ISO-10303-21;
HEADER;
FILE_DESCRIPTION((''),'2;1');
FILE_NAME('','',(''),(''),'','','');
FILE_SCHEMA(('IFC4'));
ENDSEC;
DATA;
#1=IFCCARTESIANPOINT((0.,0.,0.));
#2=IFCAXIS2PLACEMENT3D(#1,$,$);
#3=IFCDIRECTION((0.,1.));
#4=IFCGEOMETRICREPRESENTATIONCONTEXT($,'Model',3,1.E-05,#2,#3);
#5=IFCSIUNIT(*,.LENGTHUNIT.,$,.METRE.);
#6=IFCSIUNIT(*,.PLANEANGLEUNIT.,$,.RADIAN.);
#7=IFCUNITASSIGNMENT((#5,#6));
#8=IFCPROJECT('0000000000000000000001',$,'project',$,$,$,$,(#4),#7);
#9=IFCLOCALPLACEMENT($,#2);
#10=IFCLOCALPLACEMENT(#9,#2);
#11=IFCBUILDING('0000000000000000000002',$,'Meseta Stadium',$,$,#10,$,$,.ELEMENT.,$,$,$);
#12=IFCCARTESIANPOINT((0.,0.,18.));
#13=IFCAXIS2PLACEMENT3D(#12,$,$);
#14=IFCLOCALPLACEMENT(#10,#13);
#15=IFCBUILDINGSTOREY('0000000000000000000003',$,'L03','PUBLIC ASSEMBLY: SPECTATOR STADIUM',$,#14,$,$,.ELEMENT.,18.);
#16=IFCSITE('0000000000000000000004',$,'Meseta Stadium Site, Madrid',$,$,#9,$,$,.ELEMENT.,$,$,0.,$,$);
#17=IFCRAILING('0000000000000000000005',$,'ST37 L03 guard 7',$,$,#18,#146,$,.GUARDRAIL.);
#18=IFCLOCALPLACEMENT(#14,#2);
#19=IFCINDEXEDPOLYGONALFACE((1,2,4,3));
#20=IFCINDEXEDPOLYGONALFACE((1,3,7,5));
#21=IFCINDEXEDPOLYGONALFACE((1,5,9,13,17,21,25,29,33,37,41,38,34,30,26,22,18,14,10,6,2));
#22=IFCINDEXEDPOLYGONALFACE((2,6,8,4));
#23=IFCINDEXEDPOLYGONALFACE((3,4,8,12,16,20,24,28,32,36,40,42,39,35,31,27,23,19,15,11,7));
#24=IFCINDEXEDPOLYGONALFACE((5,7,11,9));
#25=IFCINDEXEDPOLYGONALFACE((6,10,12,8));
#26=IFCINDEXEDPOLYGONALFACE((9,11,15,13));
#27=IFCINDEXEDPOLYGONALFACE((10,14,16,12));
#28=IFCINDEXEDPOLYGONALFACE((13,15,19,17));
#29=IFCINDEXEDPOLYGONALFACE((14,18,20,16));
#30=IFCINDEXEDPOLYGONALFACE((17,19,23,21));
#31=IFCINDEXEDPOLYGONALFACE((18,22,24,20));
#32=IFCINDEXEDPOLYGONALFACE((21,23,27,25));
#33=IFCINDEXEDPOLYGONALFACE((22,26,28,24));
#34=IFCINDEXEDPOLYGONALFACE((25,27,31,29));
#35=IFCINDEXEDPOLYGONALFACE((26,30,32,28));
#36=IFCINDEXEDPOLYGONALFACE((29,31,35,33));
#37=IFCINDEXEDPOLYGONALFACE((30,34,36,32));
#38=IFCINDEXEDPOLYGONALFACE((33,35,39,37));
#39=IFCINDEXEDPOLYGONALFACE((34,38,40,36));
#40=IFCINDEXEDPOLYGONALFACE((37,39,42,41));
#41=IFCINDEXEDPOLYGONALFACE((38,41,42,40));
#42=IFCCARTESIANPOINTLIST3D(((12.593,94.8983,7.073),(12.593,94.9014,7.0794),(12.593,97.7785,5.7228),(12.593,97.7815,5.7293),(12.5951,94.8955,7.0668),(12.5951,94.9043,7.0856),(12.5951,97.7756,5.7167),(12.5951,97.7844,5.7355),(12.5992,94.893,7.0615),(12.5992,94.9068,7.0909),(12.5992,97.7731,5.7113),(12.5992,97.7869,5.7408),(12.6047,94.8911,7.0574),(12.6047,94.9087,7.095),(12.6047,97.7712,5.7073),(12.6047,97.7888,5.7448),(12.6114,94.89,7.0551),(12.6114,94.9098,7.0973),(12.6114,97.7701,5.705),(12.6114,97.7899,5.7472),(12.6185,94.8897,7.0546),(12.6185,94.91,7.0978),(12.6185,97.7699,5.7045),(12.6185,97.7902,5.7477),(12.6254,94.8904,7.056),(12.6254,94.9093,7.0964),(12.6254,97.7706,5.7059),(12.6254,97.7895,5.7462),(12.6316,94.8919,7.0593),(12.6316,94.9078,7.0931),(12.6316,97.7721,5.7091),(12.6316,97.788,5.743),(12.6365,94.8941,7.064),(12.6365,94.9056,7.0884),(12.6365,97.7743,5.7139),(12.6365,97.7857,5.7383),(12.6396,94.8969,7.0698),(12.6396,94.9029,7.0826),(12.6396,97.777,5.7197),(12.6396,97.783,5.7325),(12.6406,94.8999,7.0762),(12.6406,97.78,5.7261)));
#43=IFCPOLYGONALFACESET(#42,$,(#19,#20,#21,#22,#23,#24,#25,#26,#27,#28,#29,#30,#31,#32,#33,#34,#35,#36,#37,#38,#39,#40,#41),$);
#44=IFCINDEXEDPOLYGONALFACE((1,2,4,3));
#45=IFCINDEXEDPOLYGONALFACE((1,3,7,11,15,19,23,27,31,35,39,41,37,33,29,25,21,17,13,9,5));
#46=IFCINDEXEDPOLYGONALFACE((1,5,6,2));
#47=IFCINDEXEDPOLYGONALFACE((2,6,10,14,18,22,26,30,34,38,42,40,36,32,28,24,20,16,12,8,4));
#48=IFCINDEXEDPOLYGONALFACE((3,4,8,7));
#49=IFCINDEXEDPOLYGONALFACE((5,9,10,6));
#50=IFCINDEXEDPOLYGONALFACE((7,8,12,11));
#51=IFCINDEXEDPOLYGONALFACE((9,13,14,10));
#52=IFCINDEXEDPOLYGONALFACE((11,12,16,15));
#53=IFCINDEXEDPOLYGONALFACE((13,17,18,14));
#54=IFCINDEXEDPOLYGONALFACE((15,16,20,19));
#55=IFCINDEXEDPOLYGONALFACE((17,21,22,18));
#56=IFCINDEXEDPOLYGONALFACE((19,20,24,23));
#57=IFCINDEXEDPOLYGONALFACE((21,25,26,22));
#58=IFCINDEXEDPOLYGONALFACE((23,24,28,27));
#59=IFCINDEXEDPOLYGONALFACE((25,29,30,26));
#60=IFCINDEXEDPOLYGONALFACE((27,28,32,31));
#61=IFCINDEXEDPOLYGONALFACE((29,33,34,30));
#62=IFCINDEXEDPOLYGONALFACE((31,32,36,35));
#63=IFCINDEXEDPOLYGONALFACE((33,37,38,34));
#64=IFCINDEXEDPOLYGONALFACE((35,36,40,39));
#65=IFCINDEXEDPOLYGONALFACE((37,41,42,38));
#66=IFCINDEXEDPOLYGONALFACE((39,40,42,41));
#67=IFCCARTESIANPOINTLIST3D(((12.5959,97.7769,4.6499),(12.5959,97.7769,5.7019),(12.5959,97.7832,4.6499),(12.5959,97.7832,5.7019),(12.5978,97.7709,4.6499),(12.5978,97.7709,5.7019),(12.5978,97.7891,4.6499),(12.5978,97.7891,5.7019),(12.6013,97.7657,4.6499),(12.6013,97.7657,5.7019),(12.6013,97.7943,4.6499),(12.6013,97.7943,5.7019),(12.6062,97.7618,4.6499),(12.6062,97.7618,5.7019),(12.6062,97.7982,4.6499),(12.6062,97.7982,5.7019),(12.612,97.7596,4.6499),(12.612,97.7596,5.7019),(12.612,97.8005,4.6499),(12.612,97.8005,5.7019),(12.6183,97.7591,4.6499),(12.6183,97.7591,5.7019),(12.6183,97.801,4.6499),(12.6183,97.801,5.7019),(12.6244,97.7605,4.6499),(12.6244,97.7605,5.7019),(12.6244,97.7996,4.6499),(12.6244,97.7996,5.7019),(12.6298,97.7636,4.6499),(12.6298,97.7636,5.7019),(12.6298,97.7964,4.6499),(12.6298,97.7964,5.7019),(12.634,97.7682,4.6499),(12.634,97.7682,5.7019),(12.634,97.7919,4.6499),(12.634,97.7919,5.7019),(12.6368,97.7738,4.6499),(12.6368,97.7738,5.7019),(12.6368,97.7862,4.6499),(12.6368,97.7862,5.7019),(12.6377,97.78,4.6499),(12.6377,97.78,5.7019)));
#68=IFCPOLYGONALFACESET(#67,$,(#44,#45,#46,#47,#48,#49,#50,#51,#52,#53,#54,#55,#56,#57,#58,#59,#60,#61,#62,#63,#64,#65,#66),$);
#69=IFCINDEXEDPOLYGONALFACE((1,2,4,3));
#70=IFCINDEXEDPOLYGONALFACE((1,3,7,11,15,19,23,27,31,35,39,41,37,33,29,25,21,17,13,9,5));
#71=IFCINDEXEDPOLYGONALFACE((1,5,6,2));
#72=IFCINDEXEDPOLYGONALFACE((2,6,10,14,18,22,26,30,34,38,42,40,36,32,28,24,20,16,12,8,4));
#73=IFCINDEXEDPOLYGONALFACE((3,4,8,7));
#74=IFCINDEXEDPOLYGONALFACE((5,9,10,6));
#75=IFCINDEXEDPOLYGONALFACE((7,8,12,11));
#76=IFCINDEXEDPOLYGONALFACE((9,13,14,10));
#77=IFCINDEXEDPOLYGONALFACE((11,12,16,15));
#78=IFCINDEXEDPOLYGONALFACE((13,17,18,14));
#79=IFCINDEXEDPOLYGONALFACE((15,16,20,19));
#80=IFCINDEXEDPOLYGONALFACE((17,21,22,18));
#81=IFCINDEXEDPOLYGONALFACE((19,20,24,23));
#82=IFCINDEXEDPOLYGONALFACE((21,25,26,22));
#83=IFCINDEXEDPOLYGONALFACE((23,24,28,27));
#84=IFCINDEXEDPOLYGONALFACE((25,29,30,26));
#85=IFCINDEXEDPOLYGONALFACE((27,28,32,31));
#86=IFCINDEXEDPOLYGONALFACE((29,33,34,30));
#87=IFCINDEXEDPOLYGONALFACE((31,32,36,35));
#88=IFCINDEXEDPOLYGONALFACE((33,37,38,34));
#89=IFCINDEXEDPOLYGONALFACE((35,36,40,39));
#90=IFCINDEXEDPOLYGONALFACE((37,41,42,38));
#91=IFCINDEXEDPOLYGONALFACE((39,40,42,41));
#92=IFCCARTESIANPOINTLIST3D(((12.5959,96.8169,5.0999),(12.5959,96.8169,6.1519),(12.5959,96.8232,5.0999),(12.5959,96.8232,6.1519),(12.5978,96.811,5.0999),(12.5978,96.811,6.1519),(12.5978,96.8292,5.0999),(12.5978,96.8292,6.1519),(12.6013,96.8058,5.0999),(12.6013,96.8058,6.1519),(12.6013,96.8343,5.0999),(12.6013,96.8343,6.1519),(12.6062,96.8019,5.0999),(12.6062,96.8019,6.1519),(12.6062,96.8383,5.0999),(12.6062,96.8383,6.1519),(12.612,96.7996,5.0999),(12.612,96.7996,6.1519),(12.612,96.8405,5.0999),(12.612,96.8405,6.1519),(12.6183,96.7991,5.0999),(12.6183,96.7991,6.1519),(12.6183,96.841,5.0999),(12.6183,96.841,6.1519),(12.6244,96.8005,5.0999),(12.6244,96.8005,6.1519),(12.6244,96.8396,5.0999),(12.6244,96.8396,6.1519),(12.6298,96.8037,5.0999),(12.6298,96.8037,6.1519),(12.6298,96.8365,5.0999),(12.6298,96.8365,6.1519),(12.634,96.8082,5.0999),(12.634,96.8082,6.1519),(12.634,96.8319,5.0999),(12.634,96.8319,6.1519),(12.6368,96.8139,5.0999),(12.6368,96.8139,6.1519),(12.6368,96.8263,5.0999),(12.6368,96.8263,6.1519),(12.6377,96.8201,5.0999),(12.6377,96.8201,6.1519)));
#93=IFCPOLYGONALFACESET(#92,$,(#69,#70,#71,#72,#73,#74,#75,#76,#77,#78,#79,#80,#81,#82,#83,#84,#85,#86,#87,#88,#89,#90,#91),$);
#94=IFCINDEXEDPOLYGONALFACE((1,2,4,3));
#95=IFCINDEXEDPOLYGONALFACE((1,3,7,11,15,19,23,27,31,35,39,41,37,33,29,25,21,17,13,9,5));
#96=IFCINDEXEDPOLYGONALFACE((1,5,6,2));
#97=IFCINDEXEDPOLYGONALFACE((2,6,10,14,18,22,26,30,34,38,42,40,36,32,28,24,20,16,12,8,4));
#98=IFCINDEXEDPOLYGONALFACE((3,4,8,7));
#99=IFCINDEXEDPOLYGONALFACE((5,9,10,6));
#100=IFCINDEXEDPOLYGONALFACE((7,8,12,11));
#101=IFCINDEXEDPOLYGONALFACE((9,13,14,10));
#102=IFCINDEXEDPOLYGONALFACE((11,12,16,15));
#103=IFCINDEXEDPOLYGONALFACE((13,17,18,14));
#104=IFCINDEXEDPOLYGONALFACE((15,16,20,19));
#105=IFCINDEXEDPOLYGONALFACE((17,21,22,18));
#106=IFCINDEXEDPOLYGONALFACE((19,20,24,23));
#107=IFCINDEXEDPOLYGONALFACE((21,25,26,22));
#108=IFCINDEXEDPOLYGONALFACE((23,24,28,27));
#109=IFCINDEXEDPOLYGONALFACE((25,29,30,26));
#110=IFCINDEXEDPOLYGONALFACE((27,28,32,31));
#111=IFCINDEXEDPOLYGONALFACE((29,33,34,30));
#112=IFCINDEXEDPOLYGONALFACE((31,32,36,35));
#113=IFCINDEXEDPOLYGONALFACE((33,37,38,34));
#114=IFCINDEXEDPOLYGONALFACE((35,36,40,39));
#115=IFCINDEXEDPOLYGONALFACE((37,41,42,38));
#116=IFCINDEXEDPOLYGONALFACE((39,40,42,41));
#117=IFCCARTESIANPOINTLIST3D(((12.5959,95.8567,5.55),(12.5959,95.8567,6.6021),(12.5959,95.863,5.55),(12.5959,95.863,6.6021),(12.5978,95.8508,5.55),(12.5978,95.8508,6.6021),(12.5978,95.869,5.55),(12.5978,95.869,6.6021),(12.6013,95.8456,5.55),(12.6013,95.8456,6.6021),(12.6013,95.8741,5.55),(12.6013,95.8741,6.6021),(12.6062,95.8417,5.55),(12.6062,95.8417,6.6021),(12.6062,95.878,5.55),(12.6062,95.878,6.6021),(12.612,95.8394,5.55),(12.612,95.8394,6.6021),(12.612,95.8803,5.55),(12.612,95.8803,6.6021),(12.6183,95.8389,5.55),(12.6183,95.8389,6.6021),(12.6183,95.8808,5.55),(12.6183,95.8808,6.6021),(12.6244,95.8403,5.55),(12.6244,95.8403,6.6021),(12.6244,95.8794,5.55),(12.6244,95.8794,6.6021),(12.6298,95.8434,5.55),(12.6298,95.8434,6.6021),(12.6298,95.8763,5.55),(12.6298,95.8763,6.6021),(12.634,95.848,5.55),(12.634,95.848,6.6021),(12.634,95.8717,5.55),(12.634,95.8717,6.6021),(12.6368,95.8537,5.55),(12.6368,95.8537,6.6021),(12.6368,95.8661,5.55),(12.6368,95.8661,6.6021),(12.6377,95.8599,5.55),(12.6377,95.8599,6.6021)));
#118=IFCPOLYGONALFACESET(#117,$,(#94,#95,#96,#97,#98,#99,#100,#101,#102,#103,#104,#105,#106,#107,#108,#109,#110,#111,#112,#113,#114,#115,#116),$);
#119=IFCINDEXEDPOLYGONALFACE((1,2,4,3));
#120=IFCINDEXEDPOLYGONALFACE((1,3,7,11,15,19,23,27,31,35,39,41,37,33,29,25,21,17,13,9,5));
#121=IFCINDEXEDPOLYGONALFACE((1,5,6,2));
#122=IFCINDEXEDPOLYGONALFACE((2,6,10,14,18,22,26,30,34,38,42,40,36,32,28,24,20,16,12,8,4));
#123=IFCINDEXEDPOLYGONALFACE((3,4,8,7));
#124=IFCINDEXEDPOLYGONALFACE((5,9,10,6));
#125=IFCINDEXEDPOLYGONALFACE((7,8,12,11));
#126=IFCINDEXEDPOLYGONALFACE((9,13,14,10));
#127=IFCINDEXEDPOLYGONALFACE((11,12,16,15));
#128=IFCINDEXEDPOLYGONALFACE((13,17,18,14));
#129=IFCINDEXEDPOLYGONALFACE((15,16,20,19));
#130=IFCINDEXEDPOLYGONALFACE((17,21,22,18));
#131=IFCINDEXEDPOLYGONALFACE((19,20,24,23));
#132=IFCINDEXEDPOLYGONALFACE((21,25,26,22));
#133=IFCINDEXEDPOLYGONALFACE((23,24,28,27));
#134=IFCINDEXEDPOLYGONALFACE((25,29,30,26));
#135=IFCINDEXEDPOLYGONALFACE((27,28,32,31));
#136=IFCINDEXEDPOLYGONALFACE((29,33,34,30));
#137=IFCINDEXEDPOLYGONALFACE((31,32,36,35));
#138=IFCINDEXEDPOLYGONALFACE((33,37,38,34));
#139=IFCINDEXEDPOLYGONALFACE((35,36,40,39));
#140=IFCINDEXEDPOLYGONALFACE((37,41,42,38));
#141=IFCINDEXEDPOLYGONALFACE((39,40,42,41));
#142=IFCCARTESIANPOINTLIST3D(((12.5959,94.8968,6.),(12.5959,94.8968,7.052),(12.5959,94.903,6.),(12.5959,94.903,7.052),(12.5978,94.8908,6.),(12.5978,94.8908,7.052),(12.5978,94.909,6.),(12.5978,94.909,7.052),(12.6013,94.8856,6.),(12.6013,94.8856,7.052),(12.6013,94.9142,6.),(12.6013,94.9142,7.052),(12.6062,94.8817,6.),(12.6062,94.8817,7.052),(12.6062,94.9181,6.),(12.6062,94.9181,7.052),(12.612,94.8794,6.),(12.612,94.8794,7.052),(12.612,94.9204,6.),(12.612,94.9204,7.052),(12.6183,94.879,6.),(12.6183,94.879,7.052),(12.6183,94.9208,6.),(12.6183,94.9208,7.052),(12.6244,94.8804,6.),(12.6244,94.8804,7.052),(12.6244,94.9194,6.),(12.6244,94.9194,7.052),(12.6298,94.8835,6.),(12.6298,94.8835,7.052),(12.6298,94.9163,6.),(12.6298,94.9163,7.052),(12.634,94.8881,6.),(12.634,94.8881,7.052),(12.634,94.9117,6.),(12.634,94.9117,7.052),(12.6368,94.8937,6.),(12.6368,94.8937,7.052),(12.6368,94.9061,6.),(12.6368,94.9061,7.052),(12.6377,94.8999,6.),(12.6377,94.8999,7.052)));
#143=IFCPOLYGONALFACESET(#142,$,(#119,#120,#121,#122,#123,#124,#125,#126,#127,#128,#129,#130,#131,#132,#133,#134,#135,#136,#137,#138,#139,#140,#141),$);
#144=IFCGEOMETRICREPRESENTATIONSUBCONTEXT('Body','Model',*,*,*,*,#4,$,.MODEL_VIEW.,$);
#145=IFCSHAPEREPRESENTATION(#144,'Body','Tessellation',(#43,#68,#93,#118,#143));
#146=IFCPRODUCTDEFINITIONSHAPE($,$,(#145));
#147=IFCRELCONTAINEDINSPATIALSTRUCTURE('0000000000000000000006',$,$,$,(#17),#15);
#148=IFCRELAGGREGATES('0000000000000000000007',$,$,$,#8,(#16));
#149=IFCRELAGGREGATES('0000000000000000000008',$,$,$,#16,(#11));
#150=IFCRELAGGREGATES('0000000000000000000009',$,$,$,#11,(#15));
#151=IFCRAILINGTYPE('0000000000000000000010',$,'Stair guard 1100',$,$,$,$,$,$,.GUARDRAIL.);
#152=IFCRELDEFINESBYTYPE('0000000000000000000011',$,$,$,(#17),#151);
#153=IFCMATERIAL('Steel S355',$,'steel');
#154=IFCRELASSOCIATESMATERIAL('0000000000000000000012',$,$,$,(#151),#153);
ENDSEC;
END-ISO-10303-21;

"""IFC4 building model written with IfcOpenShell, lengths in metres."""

from ifc_helpers import new_model, si_unit, direction, frame, origin, origin_2d, place, context, subcontext, project, spatial, circle, extrude, material, type_object, element, save


model = new_model("IFC4")

# Units and contexts
model_context = context("Model", 3, precision=1e-05, world=origin(), true_north=direction((0.0, 1.0)))
body_context = subcontext(model_context, "Body", "Model", "MODEL_VIEW")
ifc_project = project(units=[si_unit("LENGTHUNIT", "METRE"), si_unit("PLANEANGLEUNIT", "RADIAN")], contexts=[model_context])

# Site, building, storey
site_placement = place(None, origin())
site = spatial("IfcSite", under=ifc_project, at=site_placement, Name="Meseta Stadium Site, Madrid", CompositionType="ELEMENT", RefElevation=0.0)
building_placement = place(site_placement, origin())
building = spatial("IfcBuilding", under=site, at=building_placement, Name="Meseta Stadium", CompositionType="ELEMENT")
storey_placement = place(building_placement, frame((0.0, 0.0, 18.0)))
storey = spatial("IfcBuildingStorey", under=building, at=storey_placement, Name="L03", Description="PUBLIC ASSEMBLY: SPECTATOR STADIUM", CompositionType="ELEMENT", Elevation=18.0)

# Railing
ifc_material_1 = material(Name="Steel S355", Category="steel")
railing_type_1 = type_object("IfcRailingType", Name="Stair guard 1100", PredefinedType="GUARDRAIL", material=ifc_material_1)
railing_1_placement = place(storey_placement, frame((12.6167, 97.78, 4.6499)))
element("IfcRailing", 1, at=railing_1_placement, inside=storey, type_object=railing_type_1, Name="ST37 L03 guard 7", PredefinedType="GUARDRAIL", context=body_context, shape_type="SweptSolid", body=[
    extrude(circle(Radius=0.0239, at=origin_2d()), frame((0.0, 0.0, 1.0762), z_axis=(0.0, -0.905454, 0.424444), x_axis=(1.0, 0.0, 0.0)), (0.0, 0.0, 1.0), 3.1809),
    extrude(circle(Radius=0.021, at=origin_2d()), origin(), (0.0, 0.0, 1.0), 1.052),
    extrude(circle(Radius=0.021, at=origin_2d()), frame((0.0, -0.96, 0.45)), (0.0, 0.0, 1.0), 1.052),
    extrude(circle(Radius=0.021, at=origin_2d()), frame((0.0, -1.9202, 0.9001)), (0.0, 0.0, 1.0), 1.052),
    extrude(circle(Radius=0.021, at=origin_2d()), frame((0.0, -2.8801, 1.3501)), (0.0, 0.0, 1.0), 1.052),
])

save(model, "model.ifc")
